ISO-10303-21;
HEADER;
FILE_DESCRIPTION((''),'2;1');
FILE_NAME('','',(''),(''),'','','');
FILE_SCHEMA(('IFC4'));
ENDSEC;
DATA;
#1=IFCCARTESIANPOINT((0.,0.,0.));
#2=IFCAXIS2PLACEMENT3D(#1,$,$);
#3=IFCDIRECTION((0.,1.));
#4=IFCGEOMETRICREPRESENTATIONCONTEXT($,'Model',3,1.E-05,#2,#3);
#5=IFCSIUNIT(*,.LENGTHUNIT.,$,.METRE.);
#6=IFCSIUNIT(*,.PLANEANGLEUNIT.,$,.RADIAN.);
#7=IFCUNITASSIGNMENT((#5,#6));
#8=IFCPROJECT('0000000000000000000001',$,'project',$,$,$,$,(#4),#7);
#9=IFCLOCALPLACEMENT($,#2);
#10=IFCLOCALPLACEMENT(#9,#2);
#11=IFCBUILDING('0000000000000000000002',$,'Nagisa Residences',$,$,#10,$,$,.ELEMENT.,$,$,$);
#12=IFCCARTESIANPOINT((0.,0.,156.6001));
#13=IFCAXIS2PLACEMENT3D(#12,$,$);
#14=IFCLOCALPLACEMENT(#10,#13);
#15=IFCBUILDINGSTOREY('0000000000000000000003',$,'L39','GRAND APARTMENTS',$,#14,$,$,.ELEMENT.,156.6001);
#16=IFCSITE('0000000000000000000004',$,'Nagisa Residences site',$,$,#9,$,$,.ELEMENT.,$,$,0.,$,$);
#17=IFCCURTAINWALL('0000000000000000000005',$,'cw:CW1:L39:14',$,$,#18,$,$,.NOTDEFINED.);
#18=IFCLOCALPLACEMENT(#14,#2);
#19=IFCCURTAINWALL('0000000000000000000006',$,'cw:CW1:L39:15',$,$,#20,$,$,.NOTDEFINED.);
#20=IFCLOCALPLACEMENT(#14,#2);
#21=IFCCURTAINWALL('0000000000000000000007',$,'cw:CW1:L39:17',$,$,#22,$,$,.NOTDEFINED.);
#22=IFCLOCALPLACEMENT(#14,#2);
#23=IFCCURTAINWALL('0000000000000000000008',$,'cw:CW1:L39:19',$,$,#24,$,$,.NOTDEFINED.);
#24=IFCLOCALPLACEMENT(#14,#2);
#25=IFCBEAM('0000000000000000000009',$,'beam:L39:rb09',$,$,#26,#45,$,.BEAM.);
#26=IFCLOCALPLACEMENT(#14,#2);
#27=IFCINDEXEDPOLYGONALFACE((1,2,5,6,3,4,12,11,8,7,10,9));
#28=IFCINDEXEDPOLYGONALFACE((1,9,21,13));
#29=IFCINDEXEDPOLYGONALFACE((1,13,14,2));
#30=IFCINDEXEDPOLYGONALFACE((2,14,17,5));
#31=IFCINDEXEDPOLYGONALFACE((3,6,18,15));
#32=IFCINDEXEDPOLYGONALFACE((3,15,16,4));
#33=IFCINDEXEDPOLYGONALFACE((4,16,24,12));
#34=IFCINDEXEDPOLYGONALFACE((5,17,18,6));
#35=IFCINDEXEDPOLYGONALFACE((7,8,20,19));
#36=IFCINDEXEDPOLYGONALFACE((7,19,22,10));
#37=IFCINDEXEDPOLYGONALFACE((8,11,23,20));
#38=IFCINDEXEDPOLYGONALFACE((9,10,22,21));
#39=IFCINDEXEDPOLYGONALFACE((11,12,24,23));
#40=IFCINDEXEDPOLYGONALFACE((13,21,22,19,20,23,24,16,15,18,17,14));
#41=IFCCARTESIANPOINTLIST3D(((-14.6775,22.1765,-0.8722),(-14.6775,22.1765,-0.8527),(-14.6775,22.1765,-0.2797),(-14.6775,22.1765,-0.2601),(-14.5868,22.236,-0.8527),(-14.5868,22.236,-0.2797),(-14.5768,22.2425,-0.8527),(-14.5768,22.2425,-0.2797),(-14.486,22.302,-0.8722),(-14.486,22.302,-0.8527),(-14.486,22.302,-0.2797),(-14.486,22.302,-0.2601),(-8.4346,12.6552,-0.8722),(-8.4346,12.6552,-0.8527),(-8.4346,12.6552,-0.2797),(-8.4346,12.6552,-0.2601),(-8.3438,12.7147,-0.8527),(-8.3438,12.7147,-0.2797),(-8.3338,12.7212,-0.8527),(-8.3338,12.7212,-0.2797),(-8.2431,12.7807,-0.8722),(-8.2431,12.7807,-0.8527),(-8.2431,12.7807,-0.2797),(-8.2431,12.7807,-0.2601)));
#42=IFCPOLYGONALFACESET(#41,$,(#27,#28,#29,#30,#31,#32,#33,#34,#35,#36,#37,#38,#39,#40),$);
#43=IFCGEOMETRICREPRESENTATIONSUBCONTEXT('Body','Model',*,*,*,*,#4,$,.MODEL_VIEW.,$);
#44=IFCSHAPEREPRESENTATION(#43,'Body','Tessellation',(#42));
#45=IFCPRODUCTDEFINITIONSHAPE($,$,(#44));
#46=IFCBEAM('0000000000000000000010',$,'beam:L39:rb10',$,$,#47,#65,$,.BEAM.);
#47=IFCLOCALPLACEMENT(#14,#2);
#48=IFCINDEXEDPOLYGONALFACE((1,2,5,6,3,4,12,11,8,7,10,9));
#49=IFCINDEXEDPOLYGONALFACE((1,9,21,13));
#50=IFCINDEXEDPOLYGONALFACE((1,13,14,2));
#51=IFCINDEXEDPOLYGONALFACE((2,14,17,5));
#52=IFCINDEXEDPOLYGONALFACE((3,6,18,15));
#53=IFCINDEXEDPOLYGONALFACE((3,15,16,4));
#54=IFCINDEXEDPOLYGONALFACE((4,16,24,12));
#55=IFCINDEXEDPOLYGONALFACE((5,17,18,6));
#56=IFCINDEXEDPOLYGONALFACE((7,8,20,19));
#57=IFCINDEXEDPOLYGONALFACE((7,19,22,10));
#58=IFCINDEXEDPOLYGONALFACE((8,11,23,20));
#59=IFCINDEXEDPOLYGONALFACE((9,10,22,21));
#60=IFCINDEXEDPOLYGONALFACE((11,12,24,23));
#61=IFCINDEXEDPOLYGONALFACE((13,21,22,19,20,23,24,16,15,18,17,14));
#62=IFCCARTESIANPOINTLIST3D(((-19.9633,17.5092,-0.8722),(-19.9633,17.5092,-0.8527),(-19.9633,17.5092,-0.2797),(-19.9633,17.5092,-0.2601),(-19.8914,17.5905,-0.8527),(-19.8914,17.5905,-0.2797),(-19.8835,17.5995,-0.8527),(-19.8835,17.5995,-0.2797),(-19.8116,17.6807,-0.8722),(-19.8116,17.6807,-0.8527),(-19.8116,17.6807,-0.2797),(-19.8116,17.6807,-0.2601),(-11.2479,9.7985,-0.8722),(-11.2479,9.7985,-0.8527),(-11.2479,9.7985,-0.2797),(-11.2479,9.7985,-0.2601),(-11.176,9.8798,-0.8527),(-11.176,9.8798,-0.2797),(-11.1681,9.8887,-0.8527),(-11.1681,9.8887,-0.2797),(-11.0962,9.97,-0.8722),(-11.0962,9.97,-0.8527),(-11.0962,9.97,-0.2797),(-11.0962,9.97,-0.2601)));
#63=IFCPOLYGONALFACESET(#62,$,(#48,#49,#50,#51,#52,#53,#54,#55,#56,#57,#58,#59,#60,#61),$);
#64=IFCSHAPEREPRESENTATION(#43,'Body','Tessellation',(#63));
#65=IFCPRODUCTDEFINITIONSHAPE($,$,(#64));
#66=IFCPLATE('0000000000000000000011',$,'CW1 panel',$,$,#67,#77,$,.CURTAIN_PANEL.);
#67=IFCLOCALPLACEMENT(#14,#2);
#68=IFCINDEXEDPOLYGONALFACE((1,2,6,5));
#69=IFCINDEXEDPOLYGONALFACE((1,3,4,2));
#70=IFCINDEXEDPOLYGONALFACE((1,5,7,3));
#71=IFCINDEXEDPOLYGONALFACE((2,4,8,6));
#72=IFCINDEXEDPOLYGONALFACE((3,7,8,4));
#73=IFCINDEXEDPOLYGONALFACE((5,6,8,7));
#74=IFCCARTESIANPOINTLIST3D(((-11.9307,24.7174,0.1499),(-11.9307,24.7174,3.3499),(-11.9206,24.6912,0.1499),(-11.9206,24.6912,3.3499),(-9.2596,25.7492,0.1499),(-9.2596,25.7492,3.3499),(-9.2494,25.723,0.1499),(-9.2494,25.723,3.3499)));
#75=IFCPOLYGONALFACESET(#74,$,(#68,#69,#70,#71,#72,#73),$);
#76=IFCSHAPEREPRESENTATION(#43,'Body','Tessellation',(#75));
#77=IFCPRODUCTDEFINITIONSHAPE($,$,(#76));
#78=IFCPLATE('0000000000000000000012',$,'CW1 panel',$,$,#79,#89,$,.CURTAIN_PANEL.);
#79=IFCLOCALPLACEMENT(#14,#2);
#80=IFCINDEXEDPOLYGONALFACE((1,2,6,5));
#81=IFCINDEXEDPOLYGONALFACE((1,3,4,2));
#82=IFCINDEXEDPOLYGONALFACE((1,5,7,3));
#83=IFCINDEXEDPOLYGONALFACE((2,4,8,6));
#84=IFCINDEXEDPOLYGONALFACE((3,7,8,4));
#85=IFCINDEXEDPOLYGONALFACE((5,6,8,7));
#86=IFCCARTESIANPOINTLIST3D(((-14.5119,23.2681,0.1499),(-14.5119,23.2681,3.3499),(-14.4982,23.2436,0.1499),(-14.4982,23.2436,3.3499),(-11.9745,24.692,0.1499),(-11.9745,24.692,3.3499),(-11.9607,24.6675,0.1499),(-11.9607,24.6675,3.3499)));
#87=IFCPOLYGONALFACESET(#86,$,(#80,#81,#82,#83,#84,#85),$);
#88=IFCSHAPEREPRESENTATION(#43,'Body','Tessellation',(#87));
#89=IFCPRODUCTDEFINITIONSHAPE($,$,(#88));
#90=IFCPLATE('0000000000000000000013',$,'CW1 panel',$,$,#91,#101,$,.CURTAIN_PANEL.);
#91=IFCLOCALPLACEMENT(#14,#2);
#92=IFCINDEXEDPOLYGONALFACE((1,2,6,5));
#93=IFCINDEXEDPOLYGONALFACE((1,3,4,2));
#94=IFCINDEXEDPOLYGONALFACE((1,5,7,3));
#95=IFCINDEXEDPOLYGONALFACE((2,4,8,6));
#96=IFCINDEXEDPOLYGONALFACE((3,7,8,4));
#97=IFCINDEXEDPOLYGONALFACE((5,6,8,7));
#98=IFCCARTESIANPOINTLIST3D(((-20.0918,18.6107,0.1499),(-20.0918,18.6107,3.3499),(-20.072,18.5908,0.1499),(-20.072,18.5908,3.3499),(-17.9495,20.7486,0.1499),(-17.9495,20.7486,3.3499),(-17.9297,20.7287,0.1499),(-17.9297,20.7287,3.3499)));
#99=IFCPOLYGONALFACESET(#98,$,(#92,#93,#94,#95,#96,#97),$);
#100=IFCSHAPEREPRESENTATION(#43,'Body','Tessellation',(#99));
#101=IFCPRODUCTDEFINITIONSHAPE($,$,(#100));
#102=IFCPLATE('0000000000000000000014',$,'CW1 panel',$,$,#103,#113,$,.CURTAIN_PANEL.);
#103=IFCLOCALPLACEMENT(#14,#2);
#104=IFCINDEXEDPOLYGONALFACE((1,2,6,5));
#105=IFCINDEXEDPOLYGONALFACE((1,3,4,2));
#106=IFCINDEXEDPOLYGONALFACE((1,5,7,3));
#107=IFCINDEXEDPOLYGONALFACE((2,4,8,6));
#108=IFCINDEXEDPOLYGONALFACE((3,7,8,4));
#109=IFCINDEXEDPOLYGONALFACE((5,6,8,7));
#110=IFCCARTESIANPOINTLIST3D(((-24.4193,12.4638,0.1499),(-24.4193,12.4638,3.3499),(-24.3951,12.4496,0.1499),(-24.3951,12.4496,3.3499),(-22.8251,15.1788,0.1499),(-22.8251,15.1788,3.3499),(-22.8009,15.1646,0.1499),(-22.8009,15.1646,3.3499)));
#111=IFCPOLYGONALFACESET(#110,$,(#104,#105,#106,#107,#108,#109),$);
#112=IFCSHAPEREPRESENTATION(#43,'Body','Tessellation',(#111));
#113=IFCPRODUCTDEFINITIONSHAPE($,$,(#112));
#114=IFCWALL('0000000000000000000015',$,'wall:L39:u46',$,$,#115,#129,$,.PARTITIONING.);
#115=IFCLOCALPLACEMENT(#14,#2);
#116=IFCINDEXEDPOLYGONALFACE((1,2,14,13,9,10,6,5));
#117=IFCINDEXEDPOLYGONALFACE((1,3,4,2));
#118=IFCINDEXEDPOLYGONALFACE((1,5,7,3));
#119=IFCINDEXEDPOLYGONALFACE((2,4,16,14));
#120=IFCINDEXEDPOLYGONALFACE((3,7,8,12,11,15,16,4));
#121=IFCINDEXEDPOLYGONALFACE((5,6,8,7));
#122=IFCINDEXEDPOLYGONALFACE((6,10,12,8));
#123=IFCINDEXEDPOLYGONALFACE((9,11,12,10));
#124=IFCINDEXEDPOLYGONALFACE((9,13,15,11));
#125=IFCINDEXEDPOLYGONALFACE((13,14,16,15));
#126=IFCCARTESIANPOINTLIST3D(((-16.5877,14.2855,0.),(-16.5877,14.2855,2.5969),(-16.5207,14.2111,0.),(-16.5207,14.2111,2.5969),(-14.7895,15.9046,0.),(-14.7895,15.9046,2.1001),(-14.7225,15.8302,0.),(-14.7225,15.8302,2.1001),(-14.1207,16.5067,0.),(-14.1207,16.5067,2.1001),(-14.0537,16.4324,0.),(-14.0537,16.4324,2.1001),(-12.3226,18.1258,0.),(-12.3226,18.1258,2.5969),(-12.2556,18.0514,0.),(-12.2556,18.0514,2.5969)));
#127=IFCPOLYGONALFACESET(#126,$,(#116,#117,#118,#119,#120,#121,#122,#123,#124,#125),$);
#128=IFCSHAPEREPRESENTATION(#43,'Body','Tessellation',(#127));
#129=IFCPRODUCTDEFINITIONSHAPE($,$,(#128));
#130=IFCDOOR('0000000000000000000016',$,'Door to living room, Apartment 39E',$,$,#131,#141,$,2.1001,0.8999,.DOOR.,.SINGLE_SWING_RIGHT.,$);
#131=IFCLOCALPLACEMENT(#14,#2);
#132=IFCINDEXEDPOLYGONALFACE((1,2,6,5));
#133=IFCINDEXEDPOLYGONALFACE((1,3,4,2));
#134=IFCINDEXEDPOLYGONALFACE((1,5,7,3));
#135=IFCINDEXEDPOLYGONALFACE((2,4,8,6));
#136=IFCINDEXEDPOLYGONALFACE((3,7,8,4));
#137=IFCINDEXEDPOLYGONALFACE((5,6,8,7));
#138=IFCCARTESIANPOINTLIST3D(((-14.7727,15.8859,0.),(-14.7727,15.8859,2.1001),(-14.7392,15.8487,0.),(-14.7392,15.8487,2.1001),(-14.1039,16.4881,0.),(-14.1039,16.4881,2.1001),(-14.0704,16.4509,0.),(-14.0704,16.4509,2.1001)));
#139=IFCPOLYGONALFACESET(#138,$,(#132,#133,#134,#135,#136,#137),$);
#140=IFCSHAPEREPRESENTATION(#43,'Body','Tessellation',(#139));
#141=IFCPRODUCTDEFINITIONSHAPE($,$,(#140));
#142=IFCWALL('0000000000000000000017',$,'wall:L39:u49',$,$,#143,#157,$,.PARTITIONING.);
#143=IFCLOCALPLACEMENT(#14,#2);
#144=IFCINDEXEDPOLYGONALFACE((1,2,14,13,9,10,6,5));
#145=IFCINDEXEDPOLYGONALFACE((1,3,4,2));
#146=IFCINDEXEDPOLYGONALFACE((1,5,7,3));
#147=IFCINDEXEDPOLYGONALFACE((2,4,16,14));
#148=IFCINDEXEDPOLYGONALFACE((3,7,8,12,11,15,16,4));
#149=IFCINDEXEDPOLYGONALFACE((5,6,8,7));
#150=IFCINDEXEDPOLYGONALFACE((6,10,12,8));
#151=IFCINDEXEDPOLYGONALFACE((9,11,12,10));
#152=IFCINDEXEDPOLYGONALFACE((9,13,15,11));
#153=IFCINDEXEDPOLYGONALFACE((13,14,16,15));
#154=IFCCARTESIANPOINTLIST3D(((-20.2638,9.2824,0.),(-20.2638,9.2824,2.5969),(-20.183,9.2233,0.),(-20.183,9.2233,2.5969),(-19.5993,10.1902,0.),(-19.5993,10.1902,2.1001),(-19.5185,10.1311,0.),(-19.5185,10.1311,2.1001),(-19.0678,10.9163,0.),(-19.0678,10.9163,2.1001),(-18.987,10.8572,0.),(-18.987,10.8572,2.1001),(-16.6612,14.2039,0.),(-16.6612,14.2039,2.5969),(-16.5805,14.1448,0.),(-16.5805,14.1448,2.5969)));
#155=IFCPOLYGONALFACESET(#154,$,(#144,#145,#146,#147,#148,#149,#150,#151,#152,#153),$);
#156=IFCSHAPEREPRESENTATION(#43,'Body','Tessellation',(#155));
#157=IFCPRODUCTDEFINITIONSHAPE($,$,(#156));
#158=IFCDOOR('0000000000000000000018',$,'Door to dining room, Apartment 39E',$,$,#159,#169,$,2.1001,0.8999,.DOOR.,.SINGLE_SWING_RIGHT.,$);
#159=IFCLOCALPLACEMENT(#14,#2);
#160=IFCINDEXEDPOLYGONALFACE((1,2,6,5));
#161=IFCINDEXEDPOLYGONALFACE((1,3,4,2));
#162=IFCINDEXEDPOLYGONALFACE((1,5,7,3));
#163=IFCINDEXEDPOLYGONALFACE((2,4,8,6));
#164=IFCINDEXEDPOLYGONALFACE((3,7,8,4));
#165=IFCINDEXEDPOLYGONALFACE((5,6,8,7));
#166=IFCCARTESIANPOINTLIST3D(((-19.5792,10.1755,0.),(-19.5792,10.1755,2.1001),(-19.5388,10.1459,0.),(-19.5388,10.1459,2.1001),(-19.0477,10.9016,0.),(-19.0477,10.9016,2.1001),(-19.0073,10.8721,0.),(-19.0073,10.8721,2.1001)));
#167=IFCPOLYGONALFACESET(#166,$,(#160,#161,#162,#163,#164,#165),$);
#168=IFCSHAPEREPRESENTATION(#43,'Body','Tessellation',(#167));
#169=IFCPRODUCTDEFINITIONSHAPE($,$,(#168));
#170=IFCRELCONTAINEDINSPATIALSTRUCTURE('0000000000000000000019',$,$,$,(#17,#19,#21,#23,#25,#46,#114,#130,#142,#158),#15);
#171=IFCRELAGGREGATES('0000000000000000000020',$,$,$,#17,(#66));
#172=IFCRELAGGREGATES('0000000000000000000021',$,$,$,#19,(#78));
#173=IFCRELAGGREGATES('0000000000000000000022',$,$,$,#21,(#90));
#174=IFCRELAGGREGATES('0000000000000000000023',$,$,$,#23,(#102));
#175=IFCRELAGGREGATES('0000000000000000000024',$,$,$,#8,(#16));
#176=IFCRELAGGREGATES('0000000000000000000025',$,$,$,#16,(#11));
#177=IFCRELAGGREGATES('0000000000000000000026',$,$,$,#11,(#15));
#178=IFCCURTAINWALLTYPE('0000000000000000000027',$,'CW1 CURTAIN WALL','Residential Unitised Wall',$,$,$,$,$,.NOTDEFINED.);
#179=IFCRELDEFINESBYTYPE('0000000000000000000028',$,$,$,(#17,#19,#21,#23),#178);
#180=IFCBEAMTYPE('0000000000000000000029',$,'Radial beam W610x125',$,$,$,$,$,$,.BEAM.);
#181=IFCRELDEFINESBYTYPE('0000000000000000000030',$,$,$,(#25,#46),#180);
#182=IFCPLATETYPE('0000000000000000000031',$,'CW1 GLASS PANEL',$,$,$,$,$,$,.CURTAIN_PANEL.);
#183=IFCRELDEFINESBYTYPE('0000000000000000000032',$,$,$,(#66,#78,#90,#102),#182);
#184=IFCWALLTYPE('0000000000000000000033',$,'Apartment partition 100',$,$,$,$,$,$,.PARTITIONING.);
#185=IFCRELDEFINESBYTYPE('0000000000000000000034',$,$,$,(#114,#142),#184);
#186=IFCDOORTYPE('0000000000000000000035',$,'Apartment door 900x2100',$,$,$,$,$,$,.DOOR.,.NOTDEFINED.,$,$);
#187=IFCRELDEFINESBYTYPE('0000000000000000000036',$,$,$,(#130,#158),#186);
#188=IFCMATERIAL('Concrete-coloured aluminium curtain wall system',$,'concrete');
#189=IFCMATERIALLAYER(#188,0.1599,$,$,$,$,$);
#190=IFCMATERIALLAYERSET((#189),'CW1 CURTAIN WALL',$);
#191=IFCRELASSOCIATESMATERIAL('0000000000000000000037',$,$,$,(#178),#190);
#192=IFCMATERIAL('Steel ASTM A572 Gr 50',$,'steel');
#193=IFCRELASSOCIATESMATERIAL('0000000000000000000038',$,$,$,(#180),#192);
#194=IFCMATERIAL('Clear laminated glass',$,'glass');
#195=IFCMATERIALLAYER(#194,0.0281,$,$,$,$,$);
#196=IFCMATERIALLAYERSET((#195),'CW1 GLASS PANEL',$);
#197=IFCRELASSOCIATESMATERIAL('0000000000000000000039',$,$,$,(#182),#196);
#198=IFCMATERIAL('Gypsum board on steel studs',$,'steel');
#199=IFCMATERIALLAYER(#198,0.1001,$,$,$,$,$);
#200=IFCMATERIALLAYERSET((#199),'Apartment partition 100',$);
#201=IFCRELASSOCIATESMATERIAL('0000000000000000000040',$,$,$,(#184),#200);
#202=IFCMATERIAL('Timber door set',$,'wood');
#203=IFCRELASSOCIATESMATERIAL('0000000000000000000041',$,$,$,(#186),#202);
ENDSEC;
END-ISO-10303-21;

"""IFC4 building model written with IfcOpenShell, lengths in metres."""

from ifc_helpers import new_model, si_unit, direction, frame, frame_2d, origin, origin_2d, place, context, subcontext, project, spatial, rectangle, i_section, extrude, material, layer, layer_set, material_profile, profile_set, type_object, element, fill, aggregate, save


model = new_model("IFC4")

# Units and contexts
model_context = context("Model", 3, precision=1e-05, world=origin(), true_north=direction((0.0, 1.0)))
body_context = subcontext(model_context, "Body", "Model", "MODEL_VIEW")
ifc_project = project(units=[si_unit("LENGTHUNIT", "METRE"), si_unit("PLANEANGLEUNIT", "RADIAN")], contexts=[model_context])

# Site, building, storey
site_placement = place(None, origin())
site = spatial("IfcSite", under=ifc_project, at=site_placement, Name="Nagisa Residences site", CompositionType="ELEMENT", RefElevation=0.0)
building_placement = place(site_placement, origin())
building = spatial("IfcBuilding", under=site, at=building_placement, Name="Nagisa Residences", CompositionType="ELEMENT")
storey_placement = place(building_placement, frame((0.0, 0.0, 156.6001)))
storey = spatial("IfcBuildingStorey", under=building, at=storey_placement, Name="L39", Description="GRAND APARTMENTS", CompositionType="ELEMENT", Elevation=156.6001)

# Curtain walls
ifc_material_1 = material(Name="Concrete-coloured aluminium curtain wall system", Category="concrete")
ifc_layer_1 = layer(ifc_material_1, 0.1599)
ifc_layer_set_1 = layer_set([ifc_layer_1], Name="CW1 CURTAIN WALL")
curtain_wall_type = type_object("IfcCurtainWallType", Name="CW1 CURTAIN WALL", Description="Residential Unitised Wall", PredefinedType="NOTDEFINED", material=ifc_layer_set_1)
curtain_wall_1_placement = place(storey_placement, origin())
curtain_wall_1 = element("IfcCurtainWall", 1, at=curtain_wall_1_placement, inside=storey, type_object=curtain_wall_type, Name="cw:CW1:L39:14", PredefinedType="NOTDEFINED")
curtain_wall_2_placement = place(storey_placement, origin())
curtain_wall_2 = element("IfcCurtainWall", 2, at=curtain_wall_2_placement, inside=storey, type_object=curtain_wall_type, Name="cw:CW1:L39:15", PredefinedType="NOTDEFINED")
curtain_wall_3_placement = place(storey_placement, origin())
curtain_wall_3 = element("IfcCurtainWall", 3, at=curtain_wall_3_placement, inside=storey, type_object=curtain_wall_type, Name="cw:CW1:L39:17", PredefinedType="NOTDEFINED")
curtain_wall_4_placement = place(storey_placement, origin())
curtain_wall_4 = element("IfcCurtainWall", 4, at=curtain_wall_4_placement, inside=storey, type_object=curtain_wall_type, Name="cw:CW1:L39:19", PredefinedType="NOTDEFINED")

# Beams
ifc_material_2 = material(Name="Steel ASTM A572 Gr 50", Category="steel")
ifc_material_profile_1 = material_profile(ifc_material_2, i_section(OverallWidth=0.229, OverallDepth=0.6121, WebThickness=0.012, FlangeThickness=0.0195, at=origin_2d()), Name="W610x125")
ifc_profile_set_1 = profile_set([ifc_material_profile_1], Name="Steel ASTM A572 Gr 50")
beam_type_1 = type_object("IfcBeamType", Name="Radial beam W610x125", PredefinedType="BEAM", material=ifc_profile_set_1)
beam_1_placement = place(storey_placement, frame((-14.5818, 22.2393, -0.5662), z_axis=(0.548325, -0.836265, 0.0), x_axis=(0.836265, 0.548325, 0.0)))
element("IfcBeam", 5, at=beam_1_placement, inside=storey, type_object=beam_type_1, Name="beam:L39:rb09", PredefinedType="BEAM", context=body_context, shape_type="SweptSolid", body=[
    extrude(i_section(OverallWidth=0.229, OverallDepth=0.6121, WebThickness=0.012, FlangeThickness=0.0195, at=origin_2d()), origin(), (0.0, 0.0, 1.0), 11.3855),
])
beam_2_placement = place(storey_placement, frame((-19.8875, 17.595, -0.5662), z_axis=(0.748955, -0.662621, 0.0), x_axis=(0.662621, 0.748955, 0.0)))
element("IfcBeam", 6, at=beam_2_placement, inside=storey, type_object=beam_type_1, Name="beam:L39:rb10", PredefinedType="BEAM", context=body_context, shape_type="SweptSolid", body=[
    extrude(i_section(OverallWidth=0.229, OverallDepth=0.6121, WebThickness=0.012, FlangeThickness=0.0195, at=origin_2d()), origin(), (0.0, 0.0, 1.0), 11.6367),
])

# Plates
ifc_material_3 = material(Name="Clear laminated glass", Category="glass")
ifc_layer_2 = layer(ifc_material_3, 0.0281)
ifc_layer_set_2 = layer_set([ifc_layer_2], Name="CW1 GLASS PANEL")
plate_type = type_object("IfcPlateType", Name="CW1 GLASS PANEL", PredefinedType="CURTAIN_PANEL", material=ifc_layer_set_2)
plate_1_placement = place(storey_placement, frame((-10.5901, 25.2202, 0.1499), z_axis=(0.0, 0.0, 1.0), x_axis=(-0.932826, -0.360328, 0.0)))
plate_1 = element("IfcPlate", 7, at=plate_1_placement, type_object=plate_type, Name="CW1 panel", PredefinedType="CURTAIN_PANEL", context=body_context, shape_type="SweptSolid", body=[
    extrude(rectangle(XDim=2.8635, YDim=0.0281, at=origin_2d()), origin(), (0.0, 0.0, 1.0), 3.2),
])
aggregate(curtain_wall_1, [plate_1])
plate_2_placement = place(storey_placement, frame((-13.2363, 23.9678, 0.1499), z_axis=(0.0, 0.0, 1.0), x_axis=(-0.872072, -0.489377, 0.0)))
plate_2 = element("IfcPlate", 8, at=plate_2_placement, type_object=plate_type, Name="CW1 panel", PredefinedType="CURTAIN_PANEL", context=body_context, shape_type="SweptSolid", body=[
    extrude(rectangle(XDim=2.9097, YDim=0.0281, at=origin_2d()), origin(), (0.0, 0.0, 1.0), 3.2),
])
aggregate(curtain_wall_2, [plate_2])
plate_3_placement = place(storey_placement, frame((-19.0107, 19.6697, 0.1499), z_axis=(0.0, 0.0, 1.0), x_axis=(-0.707836, -0.706377, 0.0)))
plate_3 = element("IfcPlate", 9, at=plate_3_placement, type_object=plate_type, Name="CW1 panel", PredefinedType="CURTAIN_PANEL", context=body_context, shape_type="SweptSolid", body=[
    extrude(rectangle(XDim=3.0266, YDim=0.0281, at=origin_2d()), origin(), (0.0, 0.0, 1.0), 3.2),
])
aggregate(curtain_wall_3, [plate_3])
plate_4_placement = place(storey_placement, frame((-23.6101, 13.8142, 0.1499), z_axis=(0.0, 0.0, 1.0), x_axis=(-0.506349, -0.862329, 0.0)))
plate_4 = element("IfcPlate", 10, at=plate_4_placement, type_object=plate_type, Name="CW1 panel", PredefinedType="CURTAIN_PANEL", context=body_context, shape_type="SweptSolid", body=[
    extrude(rectangle(XDim=3.1484, YDim=0.0281, at=origin_2d()), origin(), (0.0, 0.0, 1.0), 3.2),
])
aggregate(curtain_wall_4, [plate_4])

# Walls, openings, doors
ifc_material_4 = material(Name="Gypsum board on steel studs", Category="steel")
ifc_layer_3 = layer(ifc_material_4, 0.1001)
ifc_layer_set_3 = layer_set([ifc_layer_3], Name="Apartment partition 100")
wall_type_1 = type_object("IfcWallType", Name="Apartment partition 100", PredefinedType="PARTITIONING", material=ifc_layer_set_3)
wall_1_placement = place(storey_placement, frame((-12.2891, 18.0886, 0.0), z_axis=(0.0, 0.0, 1.0), x_axis=(-0.743146, -0.669129, 0.0)))
wall_1 = element("IfcWall", 11, at=wall_1_placement, inside=storey, type_object=wall_type_1, Name="wall:L39:u46", PredefinedType="PARTITIONING", context=body_context, shape_type="SweptSolid", body=[
    extrude(rectangle(XDim=5.7393, YDim=0.1001, at=frame_2d((2.8696, 0.0))), origin(), (0.0, 0.0, 1.0), 2.5969),
])
opening_1_placement = place(wall_1_placement, frame((2.4197, 0.0, 0.0)))
opening_1 = element("IfcOpeningElement", 12, at=opening_1_placement, cuts=wall_1, PredefinedType="OPENING", context=body_context, shape_type="SweptSolid", body=[
    extrude(rectangle(XDim=0.8999, YDim=2.1001, at=frame_2d((0.45, 1.05))), frame((0.0, 0.0601, 0.0), z_axis=(0.0, -1.0, 0.0), x_axis=(1.0, 0.0, 0.0)), (0.0, 0.0, 1.0), 0.1201),
])
ifc_material_5 = material(Name="Timber door set", Category="wood")
door_type_1 = type_object("IfcDoorType", Name="Apartment door 900x2100", OperationType="NOTDEFINED", PredefinedType="DOOR", material=ifc_material_5)
door_1_placement = place(opening_1_placement, frame((0.8999, 0.0, 0.0), x_axis=(-1.0, 0.0, 0.0)))
door_1 = element("IfcDoor", 13, at=door_1_placement, inside=storey, type_object=door_type_1, Name="Door to living room, Apartment 39E", OperationType="SINGLE_SWING_RIGHT", OverallHeight=2.1001, OverallWidth=0.8999, PredefinedType="DOOR", context=body_context, shape_type="SweptSolid", body=[
    extrude(rectangle(XDim=0.8999, YDim=2.1001, at=frame_2d((0.45, 1.05))), frame((0.0, 0.0249, 0.0), z_axis=(0.0, -1.0, 0.0), x_axis=(1.0, 0.0, 0.0)), (0.0, 0.0, 1.0), 0.05),
])
fill(opening_1, door_1)
wall_2_placement = place(storey_placement, frame((-16.6208, 14.1743, 0.0), z_axis=(0.0, 0.0, 1.0), x_axis=(-0.590673, -0.806911, 0.0)))
wall_2 = element("IfcWall", 14, at=wall_2_placement, inside=storey, type_object=wall_type_1, Name="wall:L39:u49", PredefinedType="PARTITIONING", context=body_context, shape_type="SweptSolid", body=[
    extrude(rectangle(XDim=6.0991, YDim=0.1001, at=frame_2d((3.0496, 0.0))), origin(), (0.0, 0.0, 1.0), 2.5969),
])
opening_2_placement = place(wall_2_placement, frame((4.0742, 0.0, 0.0)))
opening_2 = element("IfcOpeningElement", 15, at=opening_2_placement, cuts=wall_2, PredefinedType="OPENING", context=body_context, shape_type="SweptSolid", body=[
    extrude(rectangle(XDim=0.8999, YDim=2.1001, at=frame_2d((0.45, 1.05))), frame((0.0, 0.0601, 0.0), z_axis=(0.0, -1.0, 0.0), x_axis=(1.0, 0.0, 0.0)), (0.0, 0.0, 1.0), 0.1201),
])
door_2_placement = place(opening_2_placement, origin())
door_2 = element("IfcDoor", 16, at=door_2_placement, inside=storey, type_object=door_type_1, Name="Door to dining room, Apartment 39E", OperationType="SINGLE_SWING_RIGHT", OverallHeight=2.1001, OverallWidth=0.8999, PredefinedType="DOOR", context=body_context, shape_type="SweptSolid", body=[
    extrude(rectangle(XDim=0.8999, YDim=2.1001, at=frame_2d((0.45, 1.05))), frame((0.0, 0.0249, 0.0), z_axis=(0.0, -1.0, 0.0), x_axis=(1.0, 0.0, 0.0)), (0.0, 0.0, 1.0), 0.05),
])
fill(opening_2, door_2)

save(model, "model.ifc")
